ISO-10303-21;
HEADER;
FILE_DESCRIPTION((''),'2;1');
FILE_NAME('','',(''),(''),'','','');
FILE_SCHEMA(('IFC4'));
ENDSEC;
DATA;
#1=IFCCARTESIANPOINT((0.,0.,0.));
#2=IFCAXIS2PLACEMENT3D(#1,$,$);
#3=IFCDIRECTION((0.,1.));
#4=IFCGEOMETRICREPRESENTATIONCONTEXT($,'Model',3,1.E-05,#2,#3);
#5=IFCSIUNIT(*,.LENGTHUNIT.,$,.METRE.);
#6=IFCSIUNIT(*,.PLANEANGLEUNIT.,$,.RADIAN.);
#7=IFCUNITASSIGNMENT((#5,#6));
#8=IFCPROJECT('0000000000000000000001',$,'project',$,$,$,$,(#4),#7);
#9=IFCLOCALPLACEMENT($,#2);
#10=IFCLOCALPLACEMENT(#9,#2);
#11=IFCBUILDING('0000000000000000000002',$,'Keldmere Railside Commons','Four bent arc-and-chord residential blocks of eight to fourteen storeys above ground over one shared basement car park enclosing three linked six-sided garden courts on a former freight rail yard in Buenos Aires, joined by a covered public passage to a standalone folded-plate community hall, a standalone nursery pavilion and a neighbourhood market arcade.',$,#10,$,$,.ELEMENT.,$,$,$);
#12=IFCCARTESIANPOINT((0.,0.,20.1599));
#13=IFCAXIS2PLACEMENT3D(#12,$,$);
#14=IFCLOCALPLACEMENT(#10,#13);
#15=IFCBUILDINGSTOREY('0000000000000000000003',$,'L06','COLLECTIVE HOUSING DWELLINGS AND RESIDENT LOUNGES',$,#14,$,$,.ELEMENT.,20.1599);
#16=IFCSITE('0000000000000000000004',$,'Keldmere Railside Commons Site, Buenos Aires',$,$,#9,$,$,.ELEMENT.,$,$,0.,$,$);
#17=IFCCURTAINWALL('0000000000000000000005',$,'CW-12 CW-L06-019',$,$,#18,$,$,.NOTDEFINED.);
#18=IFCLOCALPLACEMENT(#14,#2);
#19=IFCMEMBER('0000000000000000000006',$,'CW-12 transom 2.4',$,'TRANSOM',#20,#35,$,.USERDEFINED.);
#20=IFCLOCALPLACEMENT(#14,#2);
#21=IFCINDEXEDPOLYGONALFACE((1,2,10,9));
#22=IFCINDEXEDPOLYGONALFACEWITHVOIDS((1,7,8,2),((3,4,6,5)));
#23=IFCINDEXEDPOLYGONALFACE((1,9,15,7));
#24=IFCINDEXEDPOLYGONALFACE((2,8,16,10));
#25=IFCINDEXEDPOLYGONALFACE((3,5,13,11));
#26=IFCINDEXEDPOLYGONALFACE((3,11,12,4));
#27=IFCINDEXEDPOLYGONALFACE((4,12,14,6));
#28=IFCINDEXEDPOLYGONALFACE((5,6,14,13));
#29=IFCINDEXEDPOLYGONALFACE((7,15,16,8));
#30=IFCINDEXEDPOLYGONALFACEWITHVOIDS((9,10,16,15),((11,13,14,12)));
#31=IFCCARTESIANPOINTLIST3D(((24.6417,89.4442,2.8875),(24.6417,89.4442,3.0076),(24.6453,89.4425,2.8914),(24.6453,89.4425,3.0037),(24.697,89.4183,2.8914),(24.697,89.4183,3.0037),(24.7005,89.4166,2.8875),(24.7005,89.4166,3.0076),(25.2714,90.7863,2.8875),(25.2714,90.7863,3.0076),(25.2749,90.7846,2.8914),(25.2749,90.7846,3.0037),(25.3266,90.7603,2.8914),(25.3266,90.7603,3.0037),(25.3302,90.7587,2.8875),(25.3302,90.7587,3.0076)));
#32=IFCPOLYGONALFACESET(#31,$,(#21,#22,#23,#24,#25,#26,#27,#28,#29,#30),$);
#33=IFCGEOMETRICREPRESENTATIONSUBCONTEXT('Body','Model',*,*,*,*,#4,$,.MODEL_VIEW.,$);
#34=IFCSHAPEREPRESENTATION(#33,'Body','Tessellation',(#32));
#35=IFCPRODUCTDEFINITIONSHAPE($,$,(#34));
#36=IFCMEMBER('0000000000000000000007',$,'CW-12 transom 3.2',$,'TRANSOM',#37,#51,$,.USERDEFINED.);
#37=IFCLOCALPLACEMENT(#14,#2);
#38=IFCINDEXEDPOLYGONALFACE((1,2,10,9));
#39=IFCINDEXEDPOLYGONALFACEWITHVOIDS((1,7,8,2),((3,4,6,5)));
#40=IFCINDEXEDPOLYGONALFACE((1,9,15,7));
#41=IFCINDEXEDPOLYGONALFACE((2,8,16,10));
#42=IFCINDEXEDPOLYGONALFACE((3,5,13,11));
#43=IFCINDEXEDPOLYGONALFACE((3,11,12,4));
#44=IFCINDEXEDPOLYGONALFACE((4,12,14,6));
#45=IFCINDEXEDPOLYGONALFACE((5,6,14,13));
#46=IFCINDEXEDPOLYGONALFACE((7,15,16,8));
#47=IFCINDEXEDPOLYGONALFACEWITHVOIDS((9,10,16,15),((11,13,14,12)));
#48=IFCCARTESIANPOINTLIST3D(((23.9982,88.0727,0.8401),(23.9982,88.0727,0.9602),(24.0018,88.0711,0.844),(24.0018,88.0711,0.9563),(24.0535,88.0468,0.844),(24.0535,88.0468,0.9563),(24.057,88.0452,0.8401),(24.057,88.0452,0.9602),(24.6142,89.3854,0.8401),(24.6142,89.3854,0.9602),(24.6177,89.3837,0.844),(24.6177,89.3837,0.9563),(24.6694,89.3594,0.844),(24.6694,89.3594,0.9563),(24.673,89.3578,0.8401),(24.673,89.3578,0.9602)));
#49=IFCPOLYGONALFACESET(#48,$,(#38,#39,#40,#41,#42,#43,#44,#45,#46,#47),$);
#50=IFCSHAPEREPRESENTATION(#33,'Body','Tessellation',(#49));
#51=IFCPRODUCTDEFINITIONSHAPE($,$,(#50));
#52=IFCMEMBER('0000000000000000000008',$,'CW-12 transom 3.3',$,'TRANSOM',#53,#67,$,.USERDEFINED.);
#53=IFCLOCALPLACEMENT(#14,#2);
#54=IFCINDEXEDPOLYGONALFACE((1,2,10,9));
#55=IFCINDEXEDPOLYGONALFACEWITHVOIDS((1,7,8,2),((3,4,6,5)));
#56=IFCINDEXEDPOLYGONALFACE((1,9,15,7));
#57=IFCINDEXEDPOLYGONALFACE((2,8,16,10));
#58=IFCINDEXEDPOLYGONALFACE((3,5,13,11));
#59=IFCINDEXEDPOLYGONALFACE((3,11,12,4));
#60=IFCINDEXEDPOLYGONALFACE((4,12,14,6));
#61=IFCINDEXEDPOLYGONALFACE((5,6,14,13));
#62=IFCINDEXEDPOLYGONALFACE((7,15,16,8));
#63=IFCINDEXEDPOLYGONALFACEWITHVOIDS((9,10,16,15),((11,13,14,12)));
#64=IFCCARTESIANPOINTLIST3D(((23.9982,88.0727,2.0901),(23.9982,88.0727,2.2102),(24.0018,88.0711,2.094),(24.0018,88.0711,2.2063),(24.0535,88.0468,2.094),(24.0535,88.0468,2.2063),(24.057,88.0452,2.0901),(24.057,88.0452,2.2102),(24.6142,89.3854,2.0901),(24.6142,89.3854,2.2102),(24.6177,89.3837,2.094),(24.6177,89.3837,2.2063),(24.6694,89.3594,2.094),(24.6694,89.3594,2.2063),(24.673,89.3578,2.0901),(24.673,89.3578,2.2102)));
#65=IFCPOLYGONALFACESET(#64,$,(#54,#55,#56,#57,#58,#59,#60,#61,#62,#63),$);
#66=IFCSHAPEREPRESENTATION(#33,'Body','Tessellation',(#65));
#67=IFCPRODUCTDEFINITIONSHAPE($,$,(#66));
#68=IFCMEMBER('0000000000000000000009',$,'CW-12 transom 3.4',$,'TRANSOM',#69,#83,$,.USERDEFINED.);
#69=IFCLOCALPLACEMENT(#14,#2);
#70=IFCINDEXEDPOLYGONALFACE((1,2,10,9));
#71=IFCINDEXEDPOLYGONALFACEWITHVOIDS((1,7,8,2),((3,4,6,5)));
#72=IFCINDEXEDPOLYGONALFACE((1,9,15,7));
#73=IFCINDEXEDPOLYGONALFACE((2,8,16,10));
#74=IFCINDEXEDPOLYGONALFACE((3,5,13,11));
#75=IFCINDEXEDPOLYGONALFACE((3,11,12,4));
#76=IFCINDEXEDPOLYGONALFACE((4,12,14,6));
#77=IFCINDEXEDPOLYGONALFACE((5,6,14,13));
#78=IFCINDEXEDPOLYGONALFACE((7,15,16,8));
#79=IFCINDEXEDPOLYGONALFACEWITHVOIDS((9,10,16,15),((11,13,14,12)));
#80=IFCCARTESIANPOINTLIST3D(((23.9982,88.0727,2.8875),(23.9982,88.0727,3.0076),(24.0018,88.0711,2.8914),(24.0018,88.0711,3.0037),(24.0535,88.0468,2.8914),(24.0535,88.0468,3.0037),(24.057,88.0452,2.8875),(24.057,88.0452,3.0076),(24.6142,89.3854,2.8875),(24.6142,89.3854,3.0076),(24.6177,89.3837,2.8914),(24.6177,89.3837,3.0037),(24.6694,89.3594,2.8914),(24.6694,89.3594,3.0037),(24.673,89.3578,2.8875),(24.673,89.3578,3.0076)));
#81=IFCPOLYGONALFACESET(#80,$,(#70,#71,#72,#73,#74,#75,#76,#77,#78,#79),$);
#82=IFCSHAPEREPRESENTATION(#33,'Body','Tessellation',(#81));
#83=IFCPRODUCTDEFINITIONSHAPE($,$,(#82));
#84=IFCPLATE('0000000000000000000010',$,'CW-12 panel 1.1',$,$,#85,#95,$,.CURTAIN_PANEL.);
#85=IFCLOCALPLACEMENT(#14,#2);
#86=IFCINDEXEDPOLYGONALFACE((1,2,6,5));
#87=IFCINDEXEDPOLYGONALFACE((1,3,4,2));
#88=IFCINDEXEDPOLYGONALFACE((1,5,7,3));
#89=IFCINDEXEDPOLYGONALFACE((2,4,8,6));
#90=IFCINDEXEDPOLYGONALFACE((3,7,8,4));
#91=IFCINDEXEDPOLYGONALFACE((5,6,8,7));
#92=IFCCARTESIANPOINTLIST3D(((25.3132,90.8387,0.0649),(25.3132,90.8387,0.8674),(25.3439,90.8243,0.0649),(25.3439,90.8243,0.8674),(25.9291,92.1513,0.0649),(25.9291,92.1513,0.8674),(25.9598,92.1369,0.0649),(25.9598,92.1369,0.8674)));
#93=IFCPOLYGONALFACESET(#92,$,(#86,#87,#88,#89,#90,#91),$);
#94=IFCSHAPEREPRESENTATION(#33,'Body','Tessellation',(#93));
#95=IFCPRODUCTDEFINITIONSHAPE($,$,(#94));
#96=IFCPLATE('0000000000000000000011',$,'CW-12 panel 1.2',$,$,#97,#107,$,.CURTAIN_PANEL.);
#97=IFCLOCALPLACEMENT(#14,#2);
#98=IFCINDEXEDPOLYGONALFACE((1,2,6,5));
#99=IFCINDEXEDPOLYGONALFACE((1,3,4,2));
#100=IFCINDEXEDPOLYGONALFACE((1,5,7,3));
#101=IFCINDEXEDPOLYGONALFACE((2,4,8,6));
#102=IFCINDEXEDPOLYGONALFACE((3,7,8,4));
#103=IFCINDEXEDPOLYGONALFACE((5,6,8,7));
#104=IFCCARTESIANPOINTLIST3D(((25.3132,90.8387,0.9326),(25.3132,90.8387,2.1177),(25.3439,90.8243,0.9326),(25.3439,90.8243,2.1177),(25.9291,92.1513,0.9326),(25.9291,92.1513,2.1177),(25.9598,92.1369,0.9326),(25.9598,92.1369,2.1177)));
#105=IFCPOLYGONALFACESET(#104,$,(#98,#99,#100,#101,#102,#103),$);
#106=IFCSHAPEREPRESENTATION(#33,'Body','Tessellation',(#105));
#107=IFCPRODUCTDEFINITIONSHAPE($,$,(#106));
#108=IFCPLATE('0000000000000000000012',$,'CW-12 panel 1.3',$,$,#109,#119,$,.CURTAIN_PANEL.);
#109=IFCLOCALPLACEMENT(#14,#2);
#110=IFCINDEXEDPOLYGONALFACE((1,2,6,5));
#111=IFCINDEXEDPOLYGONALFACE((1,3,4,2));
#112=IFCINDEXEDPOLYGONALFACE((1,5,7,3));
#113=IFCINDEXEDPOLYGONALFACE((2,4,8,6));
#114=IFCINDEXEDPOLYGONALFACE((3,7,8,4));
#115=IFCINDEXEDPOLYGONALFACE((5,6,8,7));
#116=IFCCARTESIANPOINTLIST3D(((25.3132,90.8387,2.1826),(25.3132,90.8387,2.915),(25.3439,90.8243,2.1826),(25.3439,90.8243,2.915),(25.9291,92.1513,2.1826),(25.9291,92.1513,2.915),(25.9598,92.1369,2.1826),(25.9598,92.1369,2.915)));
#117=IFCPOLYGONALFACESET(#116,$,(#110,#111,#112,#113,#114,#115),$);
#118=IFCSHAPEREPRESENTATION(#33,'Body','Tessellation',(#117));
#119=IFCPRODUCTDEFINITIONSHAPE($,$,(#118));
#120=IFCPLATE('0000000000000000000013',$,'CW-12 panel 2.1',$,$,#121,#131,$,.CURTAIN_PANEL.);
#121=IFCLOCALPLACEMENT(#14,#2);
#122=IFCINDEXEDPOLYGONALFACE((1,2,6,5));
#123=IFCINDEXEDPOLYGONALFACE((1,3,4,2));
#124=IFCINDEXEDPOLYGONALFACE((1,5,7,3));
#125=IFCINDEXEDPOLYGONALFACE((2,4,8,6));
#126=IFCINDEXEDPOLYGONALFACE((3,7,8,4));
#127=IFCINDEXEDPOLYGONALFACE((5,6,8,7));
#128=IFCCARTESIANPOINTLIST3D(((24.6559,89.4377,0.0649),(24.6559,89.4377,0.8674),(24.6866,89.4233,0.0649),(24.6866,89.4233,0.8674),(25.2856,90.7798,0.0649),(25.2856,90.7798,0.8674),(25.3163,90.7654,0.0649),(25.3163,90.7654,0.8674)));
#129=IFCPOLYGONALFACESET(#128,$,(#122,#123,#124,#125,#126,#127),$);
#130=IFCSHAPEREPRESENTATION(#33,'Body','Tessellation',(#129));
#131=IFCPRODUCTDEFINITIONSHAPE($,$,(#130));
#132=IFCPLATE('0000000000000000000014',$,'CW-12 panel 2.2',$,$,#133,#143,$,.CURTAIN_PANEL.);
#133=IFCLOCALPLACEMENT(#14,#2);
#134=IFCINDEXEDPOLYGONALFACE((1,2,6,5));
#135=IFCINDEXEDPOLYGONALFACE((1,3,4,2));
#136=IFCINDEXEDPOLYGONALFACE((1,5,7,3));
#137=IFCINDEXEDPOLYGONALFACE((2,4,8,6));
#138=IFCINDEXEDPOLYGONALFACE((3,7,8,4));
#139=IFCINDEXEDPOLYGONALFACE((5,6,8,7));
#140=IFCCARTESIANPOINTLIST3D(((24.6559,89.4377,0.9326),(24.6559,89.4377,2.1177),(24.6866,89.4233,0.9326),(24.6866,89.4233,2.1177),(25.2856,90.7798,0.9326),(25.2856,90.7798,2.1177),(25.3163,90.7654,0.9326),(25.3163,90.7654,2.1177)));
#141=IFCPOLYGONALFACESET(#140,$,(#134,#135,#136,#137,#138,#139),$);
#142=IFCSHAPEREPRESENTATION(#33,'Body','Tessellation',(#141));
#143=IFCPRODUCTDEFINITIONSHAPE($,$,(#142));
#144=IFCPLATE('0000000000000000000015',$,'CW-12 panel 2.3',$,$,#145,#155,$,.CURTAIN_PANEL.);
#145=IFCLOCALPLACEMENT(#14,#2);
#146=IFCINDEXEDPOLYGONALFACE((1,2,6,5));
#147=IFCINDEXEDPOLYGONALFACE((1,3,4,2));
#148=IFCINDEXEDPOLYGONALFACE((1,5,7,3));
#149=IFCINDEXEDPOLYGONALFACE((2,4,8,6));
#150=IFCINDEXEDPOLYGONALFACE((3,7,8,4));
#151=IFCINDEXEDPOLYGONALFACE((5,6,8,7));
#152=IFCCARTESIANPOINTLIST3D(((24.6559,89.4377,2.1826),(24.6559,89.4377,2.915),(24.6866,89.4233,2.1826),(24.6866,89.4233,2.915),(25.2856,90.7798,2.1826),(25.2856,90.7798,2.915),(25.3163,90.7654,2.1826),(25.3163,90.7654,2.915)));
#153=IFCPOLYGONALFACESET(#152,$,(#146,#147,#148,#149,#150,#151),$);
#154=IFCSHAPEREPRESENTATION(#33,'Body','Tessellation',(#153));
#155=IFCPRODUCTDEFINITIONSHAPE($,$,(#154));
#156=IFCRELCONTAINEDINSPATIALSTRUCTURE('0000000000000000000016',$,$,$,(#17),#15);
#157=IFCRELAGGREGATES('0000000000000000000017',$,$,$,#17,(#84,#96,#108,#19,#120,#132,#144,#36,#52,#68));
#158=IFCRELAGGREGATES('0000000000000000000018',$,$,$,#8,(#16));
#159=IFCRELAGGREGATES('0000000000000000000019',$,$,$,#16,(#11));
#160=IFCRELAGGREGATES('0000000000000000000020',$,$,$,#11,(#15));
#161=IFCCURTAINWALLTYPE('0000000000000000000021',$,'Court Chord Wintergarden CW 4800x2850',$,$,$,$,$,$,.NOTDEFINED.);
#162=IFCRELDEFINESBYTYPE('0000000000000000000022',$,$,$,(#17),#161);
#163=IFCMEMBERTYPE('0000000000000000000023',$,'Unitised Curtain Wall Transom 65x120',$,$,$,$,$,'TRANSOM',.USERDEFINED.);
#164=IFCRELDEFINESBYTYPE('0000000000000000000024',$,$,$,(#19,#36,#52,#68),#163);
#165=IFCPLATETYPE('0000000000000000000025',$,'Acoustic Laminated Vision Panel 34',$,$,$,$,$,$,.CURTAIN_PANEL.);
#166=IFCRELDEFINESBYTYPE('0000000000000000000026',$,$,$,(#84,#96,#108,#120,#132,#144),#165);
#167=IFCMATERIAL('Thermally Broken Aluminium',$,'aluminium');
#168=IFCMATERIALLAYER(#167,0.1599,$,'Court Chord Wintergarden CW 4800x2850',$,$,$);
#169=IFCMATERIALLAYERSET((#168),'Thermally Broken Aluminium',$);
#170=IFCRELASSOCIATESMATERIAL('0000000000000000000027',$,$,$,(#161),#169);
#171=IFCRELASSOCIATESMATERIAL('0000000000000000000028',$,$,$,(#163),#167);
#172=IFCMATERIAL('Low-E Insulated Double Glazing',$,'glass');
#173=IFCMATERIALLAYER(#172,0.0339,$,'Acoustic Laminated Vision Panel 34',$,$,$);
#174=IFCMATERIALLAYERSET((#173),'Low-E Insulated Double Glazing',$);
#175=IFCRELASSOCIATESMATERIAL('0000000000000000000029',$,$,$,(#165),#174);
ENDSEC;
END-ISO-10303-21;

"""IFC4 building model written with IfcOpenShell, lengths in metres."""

from ifc_helpers import new_model, si_unit, direction, frame, origin, origin_2d, place, context, subcontext, project, spatial, rectangle, hollow_rectangle, extrude, material, layer, layer_set, material_profile, profile_set, type_object, element, aggregate, save


model = new_model("IFC4")

# Units and contexts
model_context = context("Model", 3, precision=1e-05, world=origin(), true_north=direction((0.0, 1.0)))
body_context = subcontext(model_context, "Body", "Model", "MODEL_VIEW")
ifc_project = project(units=[si_unit("LENGTHUNIT", "METRE"), si_unit("PLANEANGLEUNIT", "RADIAN")], contexts=[model_context])

# Site, building, storey
site_placement = place(None, origin())
site = spatial("IfcSite", under=ifc_project, at=site_placement, Name="Keldmere Railside Commons Site, Buenos Aires", CompositionType="ELEMENT", RefElevation=0.0)
building_placement = place(site_placement, origin())
building = spatial("IfcBuilding", under=site, at=building_placement, Name="Keldmere Railside Commons", Description="Four bent arc-and-chord residential blocks of eight to fourteen storeys above ground over one shared basement car park enclosing three linked six-sided garden courts on a former freight rail yard in Buenos Aires, joined by a covered public passage to a standalone folded-plate community hall, a standalone nursery pavilion and a neighbourhood market arcade.", CompositionType="ELEMENT")
storey_placement = place(building_placement, frame((0.0, 0.0, 20.1599)))
storey = spatial("IfcBuildingStorey", under=building, at=storey_placement, Name="L06", Description="COLLECTIVE HOUSING DWELLINGS AND RESIDENT LOUNGES", CompositionType="ELEMENT", Elevation=20.1599)

# Curtain wall
ifc_material_1 = material(Name="Thermally Broken Aluminium", Category="aluminium")
ifc_layer_1 = layer(ifc_material_1, 0.1599, Name="Court Chord Wintergarden CW 4800x2850")
ifc_layer_set_1 = layer_set([ifc_layer_1], Name="Thermally Broken Aluminium")
curtain_wall_type_1 = type_object("IfcCurtainWallType", Name="Court Chord Wintergarden CW 4800x2850", PredefinedType="NOTDEFINED", material=ifc_layer_set_1)
curtain_wall_1_placement = place(storey_placement, origin())
curtain_wall_1 = element("IfcCurtainWall", 1, at=curtain_wall_1_placement, inside=storey, type_object=curtain_wall_type_1, Name="CW-12 CW-L06-019", PredefinedType="NOTDEFINED")

# Members
ifc_material_profile_1 = material_profile(ifc_material_1, hollow_rectangle(XDim=0.0649, YDim=0.1201, WallThickness=0.0039, at=origin_2d()), Name="ALU-TRAN-65x120")
ifc_profile_set_1 = profile_set([ifc_material_profile_1], Name="Thermally Broken Aluminium")
member_type_1 = type_object("IfcMemberType", Name="Unitised Curtain Wall Transom 65x120", ElementType="TRANSOM", PredefinedType="USERDEFINED", material=ifc_profile_set_1)
member_1_placement = place(storey_placement, frame((25.3008, 90.7725, 2.9475), z_axis=(-0.424742, -0.905314, 0.0), x_axis=(0.905314, -0.424742, 0.0)))
member_1 = element("IfcMember", 2, at=member_1_placement, type_object=member_type_1, Name="CW-12 transom 2.4", ObjectType="TRANSOM", PredefinedType="USERDEFINED", context=body_context, shape_type="SweptSolid", body=[
    extrude(hollow_rectangle(XDim=0.0649, YDim=0.1201, WallThickness=0.0039, at=origin_2d()), origin(), (0.0, 0.0, 1.0), 1.4824),
])
member_2_placement = place(storey_placement, frame((24.6436, 89.3716, 0.9001), z_axis=(-0.424783, -0.905295, 0.0), x_axis=(0.905295, -0.424783, 0.0)))
member_2 = element("IfcMember", 3, at=member_2_placement, type_object=member_type_1, Name="CW-12 transom 3.2", ObjectType="TRANSOM", PredefinedType="USERDEFINED", context=body_context, shape_type="SweptSolid", body=[
    extrude(hollow_rectangle(XDim=0.0649, YDim=0.1201, WallThickness=0.0039, at=origin_2d()), origin(), (0.0, 0.0, 1.0), 1.45),
])
member_3_placement = place(storey_placement, frame((24.6436, 89.3716, 2.1501), z_axis=(-0.424783, -0.905295, 0.0), x_axis=(0.905295, -0.424783, 0.0)))
member_3 = element("IfcMember", 4, at=member_3_placement, type_object=member_type_1, Name="CW-12 transom 3.3", ObjectType="TRANSOM", PredefinedType="USERDEFINED", context=body_context, shape_type="SweptSolid", body=[
    extrude(hollow_rectangle(XDim=0.0649, YDim=0.1201, WallThickness=0.0039, at=origin_2d()), origin(), (0.0, 0.0, 1.0), 1.45),
])
member_4_placement = place(storey_placement, frame((24.6436, 89.3716, 2.9475), z_axis=(-0.424783, -0.905295, 0.0), x_axis=(0.905295, -0.424783, 0.0)))
member_4 = element("IfcMember", 5, at=member_4_placement, type_object=member_type_1, Name="CW-12 transom 3.4", ObjectType="TRANSOM", PredefinedType="USERDEFINED", context=body_context, shape_type="SweptSolid", body=[
    extrude(hollow_rectangle(XDim=0.0649, YDim=0.1201, WallThickness=0.0039, at=origin_2d()), origin(), (0.0, 0.0, 1.0), 1.45),
])

# Plates
ifc_material_2 = material(Name="Low-E Insulated Double Glazing", Category="glass")
ifc_layer_2 = layer(ifc_material_2, 0.0339, Name="Acoustic Laminated Vision Panel 34")
ifc_layer_set_2 = layer_set([ifc_layer_2], Name="Low-E Insulated Double Glazing")
plate_type = type_object("IfcPlateType", Name="Acoustic Laminated Vision Panel 34", PredefinedType="CURTAIN_PANEL", material=ifc_layer_set_2)
plate_1_placement = place(storey_placement, frame((25.6365, 91.4878, 0.0649), z_axis=(0.0, 0.0, 1.0), x_axis=(-0.424759, -0.905306, 0.0)))
plate_1 = element("IfcPlate", 6, at=plate_1_placement, type_object=plate_type, Name="CW-12 panel 1.1", PredefinedType="CURTAIN_PANEL", context=body_context, shape_type="SweptSolid", body=[
    extrude(rectangle(XDim=1.45, YDim=0.0339, at=origin_2d()), origin(), (0.0, 0.0, 1.0), 0.8025),
])
plate_2_placement = place(storey_placement, frame((25.6365, 91.4878, 0.9326), z_axis=(0.0, 0.0, 1.0), x_axis=(-0.424759, -0.905306, 0.0)))
plate_2 = element("IfcPlate", 7, at=plate_2_placement, type_object=plate_type, Name="CW-12 panel 1.2", PredefinedType="CURTAIN_PANEL", context=body_context, shape_type="SweptSolid", body=[
    extrude(rectangle(XDim=1.45, YDim=0.0339, at=origin_2d()), origin(), (0.0, 0.0, 1.0), 1.1851),
])
plate_3_placement = place(storey_placement, frame((25.6365, 91.4878, 2.1826), z_axis=(0.0, 0.0, 1.0), x_axis=(-0.424759, -0.905306, 0.0)))
plate_3 = element("IfcPlate", 8, at=plate_3_placement, type_object=plate_type, Name="CW-12 panel 1.3", PredefinedType="CURTAIN_PANEL", context=body_context, shape_type="SweptSolid", body=[
    extrude(rectangle(XDim=1.45, YDim=0.0339, at=origin_2d()), origin(), (0.0, 0.0, 1.0), 0.7324),
])
plate_4_placement = place(storey_placement, frame((24.9861, 90.1016, 0.0649), z_axis=(0.0, 0.0, 1.0), x_axis=(-0.424759, -0.905306, 0.0)))
plate_4 = element("IfcPlate", 9, at=plate_4_placement, type_object=plate_type, Name="CW-12 panel 2.1", PredefinedType="CURTAIN_PANEL", context=body_context, shape_type="SweptSolid", body=[
    extrude(rectangle(XDim=1.4824, YDim=0.0339, at=origin_2d()), origin(), (0.0, 0.0, 1.0), 0.8025),
])
plate_5_placement = place(storey_placement, frame((24.9861, 90.1016, 0.9326), z_axis=(0.0, 0.0, 1.0), x_axis=(-0.424759, -0.905306, 0.0)))
plate_5 = element("IfcPlate", 10, at=plate_5_placement, type_object=plate_type, Name="CW-12 panel 2.2", PredefinedType="CURTAIN_PANEL", context=body_context, shape_type="SweptSolid", body=[
    extrude(rectangle(XDim=1.4824, YDim=0.0339, at=origin_2d()), origin(), (0.0, 0.0, 1.0), 1.1851),
])
plate_6_placement = place(storey_placement, frame((24.9861, 90.1016, 2.1826), z_axis=(0.0, 0.0, 1.0), x_axis=(-0.424759, -0.905306, 0.0)))
plate_6 = element("IfcPlate", 11, at=plate_6_placement, type_object=plate_type, Name="CW-12 panel 2.3", PredefinedType="CURTAIN_PANEL", context=body_context, shape_type="SweptSolid", body=[
    extrude(rectangle(XDim=1.4824, YDim=0.0339, at=origin_2d()), origin(), (0.0, 0.0, 1.0), 0.7324),
])
aggregate(curtain_wall_1, [plate_1, plate_2, plate_3, member_1, plate_4, plate_5, plate_6, member_2, member_3, member_4])

save(model, "model.ifc")
